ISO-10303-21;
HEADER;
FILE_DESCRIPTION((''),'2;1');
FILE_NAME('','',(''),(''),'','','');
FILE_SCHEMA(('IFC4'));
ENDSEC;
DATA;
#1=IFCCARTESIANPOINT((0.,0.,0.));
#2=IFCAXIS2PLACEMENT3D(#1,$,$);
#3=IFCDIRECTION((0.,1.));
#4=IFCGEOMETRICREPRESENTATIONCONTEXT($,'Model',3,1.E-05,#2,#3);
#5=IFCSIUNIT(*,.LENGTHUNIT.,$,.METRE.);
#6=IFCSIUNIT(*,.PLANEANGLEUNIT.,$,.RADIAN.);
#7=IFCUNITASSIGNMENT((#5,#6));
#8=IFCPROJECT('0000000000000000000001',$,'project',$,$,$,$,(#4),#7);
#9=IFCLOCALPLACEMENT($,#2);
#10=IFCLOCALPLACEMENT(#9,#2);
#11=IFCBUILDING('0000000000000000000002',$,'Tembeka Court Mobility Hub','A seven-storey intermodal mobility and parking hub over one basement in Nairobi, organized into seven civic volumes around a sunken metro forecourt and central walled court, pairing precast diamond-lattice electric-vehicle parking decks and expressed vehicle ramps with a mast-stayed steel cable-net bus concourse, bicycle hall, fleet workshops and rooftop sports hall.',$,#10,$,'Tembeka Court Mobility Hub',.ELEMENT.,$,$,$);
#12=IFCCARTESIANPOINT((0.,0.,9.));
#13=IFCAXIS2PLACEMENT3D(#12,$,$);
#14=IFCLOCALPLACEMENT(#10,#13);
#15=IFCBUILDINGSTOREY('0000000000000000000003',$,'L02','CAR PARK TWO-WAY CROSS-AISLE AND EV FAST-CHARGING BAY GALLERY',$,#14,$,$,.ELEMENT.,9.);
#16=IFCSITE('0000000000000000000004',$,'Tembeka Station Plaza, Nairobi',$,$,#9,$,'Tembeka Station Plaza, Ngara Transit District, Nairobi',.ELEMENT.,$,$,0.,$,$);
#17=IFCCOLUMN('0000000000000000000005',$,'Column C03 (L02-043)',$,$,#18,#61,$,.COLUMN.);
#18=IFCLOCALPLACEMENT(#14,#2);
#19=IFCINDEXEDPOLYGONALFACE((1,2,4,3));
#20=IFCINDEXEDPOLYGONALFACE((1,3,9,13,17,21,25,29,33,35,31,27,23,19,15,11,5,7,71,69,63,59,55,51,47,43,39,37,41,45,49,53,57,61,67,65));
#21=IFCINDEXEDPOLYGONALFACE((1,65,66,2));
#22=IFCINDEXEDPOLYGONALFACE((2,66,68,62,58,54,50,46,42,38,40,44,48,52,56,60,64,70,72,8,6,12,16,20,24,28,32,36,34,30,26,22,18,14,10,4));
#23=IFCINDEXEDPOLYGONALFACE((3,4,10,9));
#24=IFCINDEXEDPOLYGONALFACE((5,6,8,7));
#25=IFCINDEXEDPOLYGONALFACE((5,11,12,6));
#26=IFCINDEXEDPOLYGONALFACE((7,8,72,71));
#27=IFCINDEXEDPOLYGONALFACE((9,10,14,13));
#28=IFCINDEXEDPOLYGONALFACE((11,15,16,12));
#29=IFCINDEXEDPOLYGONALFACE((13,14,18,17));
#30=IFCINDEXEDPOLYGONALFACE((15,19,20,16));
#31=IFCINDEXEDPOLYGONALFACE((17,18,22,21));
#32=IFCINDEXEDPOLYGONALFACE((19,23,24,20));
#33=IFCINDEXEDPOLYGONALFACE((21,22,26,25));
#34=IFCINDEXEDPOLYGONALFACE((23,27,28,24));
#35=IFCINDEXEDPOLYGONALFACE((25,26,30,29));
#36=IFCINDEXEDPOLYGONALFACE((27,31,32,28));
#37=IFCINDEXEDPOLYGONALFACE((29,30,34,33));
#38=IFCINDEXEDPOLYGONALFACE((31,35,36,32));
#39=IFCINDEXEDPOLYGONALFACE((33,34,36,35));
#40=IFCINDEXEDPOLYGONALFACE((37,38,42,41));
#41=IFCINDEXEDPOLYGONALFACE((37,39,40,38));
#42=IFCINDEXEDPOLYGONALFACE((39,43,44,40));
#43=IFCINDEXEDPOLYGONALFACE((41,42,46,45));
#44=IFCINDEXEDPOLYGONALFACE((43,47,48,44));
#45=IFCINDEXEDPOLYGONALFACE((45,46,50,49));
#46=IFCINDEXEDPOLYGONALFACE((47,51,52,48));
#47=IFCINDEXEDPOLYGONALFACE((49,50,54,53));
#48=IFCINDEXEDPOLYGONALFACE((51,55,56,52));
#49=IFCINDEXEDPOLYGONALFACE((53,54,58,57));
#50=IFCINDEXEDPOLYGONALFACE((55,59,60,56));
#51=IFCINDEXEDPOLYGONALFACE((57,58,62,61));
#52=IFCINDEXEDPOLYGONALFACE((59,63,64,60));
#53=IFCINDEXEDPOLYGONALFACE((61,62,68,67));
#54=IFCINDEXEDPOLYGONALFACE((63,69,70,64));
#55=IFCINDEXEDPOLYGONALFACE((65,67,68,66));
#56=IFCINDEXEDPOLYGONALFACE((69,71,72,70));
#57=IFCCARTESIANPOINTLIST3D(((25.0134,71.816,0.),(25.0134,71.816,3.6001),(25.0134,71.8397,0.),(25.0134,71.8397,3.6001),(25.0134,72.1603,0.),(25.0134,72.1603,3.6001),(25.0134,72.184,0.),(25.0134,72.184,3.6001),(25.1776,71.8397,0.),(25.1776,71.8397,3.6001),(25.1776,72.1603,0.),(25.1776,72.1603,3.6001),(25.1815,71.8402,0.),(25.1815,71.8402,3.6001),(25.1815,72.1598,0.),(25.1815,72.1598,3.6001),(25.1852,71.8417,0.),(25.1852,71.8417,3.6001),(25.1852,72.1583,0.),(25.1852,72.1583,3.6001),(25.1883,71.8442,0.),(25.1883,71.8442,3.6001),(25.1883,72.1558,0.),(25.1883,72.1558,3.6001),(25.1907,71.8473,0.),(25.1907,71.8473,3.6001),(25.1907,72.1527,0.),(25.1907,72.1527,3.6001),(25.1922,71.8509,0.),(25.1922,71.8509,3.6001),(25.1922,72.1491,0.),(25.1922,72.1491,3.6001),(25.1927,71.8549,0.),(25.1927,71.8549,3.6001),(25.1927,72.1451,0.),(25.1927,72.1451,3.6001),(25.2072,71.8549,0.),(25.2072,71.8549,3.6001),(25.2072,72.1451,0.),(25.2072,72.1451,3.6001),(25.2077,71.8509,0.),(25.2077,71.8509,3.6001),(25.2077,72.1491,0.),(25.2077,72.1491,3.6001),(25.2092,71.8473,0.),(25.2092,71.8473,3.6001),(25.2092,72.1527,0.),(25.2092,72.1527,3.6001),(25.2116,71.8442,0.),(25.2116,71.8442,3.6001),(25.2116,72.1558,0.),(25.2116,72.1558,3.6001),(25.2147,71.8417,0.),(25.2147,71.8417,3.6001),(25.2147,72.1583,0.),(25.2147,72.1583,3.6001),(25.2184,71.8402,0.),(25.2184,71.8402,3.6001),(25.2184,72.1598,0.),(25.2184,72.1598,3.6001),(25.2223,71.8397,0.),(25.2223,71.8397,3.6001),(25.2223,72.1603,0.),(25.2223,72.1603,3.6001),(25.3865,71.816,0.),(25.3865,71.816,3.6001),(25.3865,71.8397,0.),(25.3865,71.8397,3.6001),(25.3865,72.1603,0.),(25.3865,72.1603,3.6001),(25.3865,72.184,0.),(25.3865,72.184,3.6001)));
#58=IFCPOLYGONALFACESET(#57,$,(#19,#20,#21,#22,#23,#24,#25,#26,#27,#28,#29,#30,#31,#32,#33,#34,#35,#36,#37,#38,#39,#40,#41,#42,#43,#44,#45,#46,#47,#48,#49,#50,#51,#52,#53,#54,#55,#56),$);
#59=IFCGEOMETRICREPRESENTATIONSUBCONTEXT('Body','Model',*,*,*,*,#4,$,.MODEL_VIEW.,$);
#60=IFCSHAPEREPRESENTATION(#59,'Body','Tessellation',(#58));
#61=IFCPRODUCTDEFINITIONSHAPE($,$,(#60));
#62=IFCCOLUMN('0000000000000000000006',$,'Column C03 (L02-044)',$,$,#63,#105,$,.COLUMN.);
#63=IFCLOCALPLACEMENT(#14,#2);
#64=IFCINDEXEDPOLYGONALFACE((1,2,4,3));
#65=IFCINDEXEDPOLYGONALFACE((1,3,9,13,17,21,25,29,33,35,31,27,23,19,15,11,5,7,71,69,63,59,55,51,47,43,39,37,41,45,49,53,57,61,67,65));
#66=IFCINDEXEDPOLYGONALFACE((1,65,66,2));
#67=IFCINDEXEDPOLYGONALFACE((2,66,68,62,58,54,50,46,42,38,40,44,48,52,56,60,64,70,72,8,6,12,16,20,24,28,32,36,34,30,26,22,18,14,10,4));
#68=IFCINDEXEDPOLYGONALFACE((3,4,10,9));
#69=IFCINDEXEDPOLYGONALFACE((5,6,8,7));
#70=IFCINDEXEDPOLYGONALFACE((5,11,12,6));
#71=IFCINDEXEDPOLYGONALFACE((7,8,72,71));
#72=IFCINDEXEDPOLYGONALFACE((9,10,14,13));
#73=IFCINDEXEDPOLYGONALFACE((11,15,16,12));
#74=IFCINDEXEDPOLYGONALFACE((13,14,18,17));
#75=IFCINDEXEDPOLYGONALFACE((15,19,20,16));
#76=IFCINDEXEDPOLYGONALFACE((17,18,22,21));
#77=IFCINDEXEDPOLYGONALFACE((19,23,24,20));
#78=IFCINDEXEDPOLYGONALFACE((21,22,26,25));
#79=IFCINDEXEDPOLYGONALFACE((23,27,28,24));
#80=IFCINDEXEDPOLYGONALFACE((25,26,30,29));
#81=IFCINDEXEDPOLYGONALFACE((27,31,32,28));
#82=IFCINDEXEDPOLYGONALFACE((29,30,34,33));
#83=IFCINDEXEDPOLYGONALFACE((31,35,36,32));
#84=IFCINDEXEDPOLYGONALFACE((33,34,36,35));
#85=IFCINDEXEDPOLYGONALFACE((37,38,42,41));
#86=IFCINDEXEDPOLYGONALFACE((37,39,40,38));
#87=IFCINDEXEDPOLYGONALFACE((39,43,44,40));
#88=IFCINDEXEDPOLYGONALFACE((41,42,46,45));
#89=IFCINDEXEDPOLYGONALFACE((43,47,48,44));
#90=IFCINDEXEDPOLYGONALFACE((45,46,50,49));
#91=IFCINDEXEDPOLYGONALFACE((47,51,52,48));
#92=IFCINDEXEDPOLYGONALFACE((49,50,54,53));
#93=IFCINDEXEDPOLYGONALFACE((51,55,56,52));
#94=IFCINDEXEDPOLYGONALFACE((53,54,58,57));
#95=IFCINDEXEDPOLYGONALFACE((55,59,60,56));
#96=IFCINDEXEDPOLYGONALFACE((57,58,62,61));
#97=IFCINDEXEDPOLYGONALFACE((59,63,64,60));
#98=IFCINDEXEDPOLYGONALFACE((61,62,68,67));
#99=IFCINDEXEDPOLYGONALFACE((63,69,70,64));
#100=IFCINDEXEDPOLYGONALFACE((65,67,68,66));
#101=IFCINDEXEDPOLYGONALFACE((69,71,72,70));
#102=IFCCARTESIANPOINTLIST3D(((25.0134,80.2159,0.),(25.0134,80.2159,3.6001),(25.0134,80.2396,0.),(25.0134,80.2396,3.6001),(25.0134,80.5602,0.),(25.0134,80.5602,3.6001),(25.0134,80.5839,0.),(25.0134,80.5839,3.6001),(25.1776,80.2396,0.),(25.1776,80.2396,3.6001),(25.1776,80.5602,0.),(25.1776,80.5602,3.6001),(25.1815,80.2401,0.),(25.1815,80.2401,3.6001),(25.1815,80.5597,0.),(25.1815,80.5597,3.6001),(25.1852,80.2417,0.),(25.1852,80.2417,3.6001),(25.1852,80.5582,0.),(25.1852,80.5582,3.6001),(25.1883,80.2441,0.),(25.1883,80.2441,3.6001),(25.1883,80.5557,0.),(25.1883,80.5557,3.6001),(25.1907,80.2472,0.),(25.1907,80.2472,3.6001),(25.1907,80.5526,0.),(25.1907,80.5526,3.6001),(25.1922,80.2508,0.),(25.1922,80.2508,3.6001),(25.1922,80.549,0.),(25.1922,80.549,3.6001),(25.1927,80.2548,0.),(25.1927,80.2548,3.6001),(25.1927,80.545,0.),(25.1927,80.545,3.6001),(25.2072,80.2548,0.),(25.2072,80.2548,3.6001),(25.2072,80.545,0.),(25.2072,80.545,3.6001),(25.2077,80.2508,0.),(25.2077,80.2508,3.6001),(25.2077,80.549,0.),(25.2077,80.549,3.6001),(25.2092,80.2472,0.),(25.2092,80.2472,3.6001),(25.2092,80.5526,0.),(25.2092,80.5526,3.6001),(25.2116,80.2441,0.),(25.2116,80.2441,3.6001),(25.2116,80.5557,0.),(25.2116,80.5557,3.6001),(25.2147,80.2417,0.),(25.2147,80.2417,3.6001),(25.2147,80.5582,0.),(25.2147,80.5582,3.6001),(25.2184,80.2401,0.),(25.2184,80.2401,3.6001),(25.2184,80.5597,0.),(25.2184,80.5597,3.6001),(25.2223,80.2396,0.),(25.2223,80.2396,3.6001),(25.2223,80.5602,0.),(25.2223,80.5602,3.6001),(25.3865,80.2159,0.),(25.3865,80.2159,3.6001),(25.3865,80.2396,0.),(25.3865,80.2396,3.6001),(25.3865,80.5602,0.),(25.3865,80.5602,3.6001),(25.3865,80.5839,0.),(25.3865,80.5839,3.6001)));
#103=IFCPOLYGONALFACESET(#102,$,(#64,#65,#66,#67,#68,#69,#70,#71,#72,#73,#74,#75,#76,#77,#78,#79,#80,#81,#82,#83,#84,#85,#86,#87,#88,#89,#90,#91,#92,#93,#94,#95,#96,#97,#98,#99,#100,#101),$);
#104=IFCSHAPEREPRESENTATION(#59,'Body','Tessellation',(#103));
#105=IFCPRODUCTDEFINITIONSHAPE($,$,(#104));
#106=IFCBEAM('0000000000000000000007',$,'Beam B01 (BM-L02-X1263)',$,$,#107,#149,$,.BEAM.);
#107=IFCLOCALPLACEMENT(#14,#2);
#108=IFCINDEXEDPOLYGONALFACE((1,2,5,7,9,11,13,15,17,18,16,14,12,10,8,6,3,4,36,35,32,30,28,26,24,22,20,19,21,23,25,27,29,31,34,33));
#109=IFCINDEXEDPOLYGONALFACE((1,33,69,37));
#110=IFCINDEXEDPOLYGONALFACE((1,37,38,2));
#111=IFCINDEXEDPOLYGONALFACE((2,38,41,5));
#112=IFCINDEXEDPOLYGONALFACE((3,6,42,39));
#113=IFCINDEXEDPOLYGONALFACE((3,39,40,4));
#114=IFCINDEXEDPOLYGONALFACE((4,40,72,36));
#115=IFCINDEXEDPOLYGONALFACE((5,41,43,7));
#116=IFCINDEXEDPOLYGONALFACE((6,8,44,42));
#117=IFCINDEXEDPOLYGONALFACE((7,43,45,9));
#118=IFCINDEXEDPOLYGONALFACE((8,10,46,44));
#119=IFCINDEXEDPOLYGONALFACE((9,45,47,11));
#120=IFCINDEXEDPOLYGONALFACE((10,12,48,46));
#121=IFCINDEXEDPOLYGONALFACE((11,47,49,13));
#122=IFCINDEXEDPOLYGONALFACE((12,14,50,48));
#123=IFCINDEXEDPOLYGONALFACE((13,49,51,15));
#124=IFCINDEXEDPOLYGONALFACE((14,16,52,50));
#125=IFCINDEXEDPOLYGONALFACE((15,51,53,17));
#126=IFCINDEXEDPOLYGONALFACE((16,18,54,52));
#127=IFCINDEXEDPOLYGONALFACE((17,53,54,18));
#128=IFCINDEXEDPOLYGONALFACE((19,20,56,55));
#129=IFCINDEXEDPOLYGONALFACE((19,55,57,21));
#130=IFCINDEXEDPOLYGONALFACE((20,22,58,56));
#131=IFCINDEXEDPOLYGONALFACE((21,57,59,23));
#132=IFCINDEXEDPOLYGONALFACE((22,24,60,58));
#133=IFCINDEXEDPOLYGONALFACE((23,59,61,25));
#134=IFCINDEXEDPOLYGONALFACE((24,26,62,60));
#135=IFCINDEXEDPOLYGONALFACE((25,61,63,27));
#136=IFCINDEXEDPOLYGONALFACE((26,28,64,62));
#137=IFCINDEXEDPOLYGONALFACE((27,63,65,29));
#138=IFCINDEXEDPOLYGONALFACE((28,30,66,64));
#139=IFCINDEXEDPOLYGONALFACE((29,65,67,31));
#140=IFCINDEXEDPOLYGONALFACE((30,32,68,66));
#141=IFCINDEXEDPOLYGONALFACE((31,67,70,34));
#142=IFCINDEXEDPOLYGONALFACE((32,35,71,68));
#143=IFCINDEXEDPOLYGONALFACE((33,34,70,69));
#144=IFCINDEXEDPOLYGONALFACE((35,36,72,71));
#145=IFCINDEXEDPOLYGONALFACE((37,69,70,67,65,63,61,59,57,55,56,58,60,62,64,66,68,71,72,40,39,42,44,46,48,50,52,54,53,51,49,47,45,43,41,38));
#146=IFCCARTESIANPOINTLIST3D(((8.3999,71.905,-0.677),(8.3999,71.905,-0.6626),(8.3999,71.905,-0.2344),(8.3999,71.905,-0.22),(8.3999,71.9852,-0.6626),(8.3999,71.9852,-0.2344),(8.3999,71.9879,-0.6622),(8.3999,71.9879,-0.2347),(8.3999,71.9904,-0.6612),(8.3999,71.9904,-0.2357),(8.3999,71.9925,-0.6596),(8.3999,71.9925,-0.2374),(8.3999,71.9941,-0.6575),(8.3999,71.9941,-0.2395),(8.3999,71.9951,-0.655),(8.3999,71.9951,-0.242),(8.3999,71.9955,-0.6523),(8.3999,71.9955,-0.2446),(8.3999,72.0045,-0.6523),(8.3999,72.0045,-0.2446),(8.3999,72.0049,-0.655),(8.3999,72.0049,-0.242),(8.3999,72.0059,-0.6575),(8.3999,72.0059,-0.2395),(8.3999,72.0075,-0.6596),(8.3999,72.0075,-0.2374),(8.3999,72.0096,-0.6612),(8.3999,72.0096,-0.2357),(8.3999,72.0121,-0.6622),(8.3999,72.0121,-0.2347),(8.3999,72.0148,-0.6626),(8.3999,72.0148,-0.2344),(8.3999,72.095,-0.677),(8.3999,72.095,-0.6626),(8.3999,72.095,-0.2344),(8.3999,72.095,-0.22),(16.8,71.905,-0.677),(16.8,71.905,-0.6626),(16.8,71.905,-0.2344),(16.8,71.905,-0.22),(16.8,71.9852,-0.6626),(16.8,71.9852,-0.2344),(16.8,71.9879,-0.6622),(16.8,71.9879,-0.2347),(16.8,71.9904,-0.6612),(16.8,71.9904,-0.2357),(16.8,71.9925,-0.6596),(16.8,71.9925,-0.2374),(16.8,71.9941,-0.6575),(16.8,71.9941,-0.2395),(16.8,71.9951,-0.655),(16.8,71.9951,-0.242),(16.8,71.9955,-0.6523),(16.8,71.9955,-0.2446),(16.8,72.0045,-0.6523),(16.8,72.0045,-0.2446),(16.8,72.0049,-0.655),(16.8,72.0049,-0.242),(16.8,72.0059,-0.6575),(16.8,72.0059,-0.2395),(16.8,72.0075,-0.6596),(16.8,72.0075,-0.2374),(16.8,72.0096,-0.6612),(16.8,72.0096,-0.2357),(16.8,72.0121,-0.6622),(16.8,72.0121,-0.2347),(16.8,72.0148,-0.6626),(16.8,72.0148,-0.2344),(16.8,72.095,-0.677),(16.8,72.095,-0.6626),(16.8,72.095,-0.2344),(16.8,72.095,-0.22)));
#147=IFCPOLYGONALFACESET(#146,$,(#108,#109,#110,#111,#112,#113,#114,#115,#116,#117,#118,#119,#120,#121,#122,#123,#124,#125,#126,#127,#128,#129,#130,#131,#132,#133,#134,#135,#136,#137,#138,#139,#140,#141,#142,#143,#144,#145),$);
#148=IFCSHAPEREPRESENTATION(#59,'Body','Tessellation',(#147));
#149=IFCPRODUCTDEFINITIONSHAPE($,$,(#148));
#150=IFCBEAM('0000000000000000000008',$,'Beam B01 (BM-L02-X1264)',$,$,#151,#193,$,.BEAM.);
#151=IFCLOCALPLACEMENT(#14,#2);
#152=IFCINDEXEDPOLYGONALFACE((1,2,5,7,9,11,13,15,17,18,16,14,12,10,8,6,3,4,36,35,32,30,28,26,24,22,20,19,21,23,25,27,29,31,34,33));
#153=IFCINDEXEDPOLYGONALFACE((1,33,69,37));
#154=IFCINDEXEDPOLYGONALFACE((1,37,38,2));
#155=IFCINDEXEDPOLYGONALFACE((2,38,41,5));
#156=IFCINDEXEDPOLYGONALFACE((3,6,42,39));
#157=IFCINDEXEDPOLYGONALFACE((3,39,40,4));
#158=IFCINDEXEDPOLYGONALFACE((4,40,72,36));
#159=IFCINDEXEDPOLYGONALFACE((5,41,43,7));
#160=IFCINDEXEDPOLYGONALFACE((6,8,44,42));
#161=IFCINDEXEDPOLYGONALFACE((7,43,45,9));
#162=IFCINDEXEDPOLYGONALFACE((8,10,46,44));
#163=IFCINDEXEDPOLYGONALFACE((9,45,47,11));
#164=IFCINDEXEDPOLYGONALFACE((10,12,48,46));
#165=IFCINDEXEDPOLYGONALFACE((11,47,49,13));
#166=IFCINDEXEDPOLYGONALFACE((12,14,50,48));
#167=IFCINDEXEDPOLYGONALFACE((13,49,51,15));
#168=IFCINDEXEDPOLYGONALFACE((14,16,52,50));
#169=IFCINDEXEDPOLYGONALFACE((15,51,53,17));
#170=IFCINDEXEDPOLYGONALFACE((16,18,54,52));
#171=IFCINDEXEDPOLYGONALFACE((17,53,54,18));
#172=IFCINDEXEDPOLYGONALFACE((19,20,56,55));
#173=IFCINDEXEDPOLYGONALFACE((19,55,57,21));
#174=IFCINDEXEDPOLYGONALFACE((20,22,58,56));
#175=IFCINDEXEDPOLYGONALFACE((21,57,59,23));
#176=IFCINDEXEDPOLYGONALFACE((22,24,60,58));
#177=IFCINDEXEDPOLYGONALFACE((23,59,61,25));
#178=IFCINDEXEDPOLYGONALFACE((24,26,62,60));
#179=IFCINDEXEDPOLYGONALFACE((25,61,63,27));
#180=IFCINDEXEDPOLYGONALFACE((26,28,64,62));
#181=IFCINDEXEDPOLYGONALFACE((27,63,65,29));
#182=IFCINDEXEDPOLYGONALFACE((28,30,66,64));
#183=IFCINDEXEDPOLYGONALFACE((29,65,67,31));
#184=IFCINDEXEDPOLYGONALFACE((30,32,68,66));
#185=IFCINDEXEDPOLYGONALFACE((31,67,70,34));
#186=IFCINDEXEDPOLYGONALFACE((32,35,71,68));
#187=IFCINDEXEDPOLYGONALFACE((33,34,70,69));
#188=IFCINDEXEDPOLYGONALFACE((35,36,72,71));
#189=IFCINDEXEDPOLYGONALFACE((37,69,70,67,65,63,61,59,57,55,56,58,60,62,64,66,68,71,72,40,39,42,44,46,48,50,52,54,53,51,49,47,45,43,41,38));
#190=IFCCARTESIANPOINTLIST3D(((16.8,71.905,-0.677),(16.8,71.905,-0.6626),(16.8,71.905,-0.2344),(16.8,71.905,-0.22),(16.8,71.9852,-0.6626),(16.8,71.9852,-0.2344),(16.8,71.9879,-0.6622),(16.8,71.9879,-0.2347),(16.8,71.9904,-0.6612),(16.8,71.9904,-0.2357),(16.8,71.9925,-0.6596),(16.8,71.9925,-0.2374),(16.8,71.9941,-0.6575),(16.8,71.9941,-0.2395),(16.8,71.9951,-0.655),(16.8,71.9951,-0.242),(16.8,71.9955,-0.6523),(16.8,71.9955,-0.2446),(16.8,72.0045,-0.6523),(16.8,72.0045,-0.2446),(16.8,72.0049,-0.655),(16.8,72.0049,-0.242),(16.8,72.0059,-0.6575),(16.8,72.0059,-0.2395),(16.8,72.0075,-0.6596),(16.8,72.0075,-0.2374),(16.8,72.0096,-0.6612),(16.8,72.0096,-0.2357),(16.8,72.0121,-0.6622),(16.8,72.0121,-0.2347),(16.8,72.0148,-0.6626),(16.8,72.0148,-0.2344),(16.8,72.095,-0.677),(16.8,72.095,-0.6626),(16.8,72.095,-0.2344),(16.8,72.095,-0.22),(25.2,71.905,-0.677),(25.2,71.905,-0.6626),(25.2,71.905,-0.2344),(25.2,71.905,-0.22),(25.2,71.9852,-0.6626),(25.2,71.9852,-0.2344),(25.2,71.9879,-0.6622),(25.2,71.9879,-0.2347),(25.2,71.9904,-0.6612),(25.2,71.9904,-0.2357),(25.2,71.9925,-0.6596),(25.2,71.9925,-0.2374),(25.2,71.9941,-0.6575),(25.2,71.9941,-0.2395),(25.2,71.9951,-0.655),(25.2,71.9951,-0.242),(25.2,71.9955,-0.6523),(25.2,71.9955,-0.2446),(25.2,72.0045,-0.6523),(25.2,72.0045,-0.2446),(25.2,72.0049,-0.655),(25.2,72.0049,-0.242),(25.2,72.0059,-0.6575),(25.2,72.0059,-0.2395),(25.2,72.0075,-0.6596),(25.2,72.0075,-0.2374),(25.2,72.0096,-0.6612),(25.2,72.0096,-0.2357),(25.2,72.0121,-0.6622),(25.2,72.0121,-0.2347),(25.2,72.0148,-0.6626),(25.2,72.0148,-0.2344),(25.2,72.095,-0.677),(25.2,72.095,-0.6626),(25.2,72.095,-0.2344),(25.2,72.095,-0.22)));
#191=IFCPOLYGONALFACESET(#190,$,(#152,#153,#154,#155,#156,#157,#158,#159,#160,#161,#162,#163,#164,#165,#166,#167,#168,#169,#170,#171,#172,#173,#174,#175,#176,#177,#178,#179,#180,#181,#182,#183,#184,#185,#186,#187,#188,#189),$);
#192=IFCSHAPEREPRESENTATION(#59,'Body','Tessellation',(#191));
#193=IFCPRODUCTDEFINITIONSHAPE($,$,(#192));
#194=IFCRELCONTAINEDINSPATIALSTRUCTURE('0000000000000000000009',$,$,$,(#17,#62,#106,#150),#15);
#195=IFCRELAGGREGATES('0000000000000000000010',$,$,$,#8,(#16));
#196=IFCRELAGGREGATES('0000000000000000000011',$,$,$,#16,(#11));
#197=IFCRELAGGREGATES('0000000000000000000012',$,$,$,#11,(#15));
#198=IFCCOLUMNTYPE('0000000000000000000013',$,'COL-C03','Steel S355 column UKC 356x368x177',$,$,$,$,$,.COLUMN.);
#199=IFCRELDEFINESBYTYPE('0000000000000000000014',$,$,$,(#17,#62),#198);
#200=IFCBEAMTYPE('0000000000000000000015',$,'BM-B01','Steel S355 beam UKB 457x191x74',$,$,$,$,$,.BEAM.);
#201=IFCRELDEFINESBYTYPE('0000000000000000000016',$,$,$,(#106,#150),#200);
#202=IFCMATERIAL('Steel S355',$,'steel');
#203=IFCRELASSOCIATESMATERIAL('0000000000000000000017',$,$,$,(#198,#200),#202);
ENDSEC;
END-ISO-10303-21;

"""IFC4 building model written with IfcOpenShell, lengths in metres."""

from ifc_helpers import new_model, si_unit, direction, frame, origin, origin_2d, place, context, subcontext, project, spatial, i_section, extrude, material, material_profile, profile_set, type_object, element, save


model = new_model("IFC4")

# Units and contexts
model_context = context("Model", 3, precision=1e-05, world=origin(), true_north=direction((0.0, 1.0)))
body_context = subcontext(model_context, "Body", "Model", "MODEL_VIEW")
ifc_project = project(units=[si_unit("LENGTHUNIT", "METRE"), si_unit("PLANEANGLEUNIT", "RADIAN")], contexts=[model_context])

# Site, building, storey
site_placement = place(None, origin())
site = spatial("IfcSite", under=ifc_project, at=site_placement, Name="Tembeka Station Plaza, Nairobi", LongName="Tembeka Station Plaza, Ngara Transit District, Nairobi", CompositionType="ELEMENT", RefElevation=0.0)
building_placement = place(site_placement, origin())
building = spatial("IfcBuilding", under=site, at=building_placement, Name="Tembeka Court Mobility Hub", Description="A seven-storey intermodal mobility and parking hub over one basement in Nairobi, organized into seven civic volumes around a sunken metro forecourt and central walled court, pairing precast diamond-lattice electric-vehicle parking decks and expressed vehicle ramps with a mast-stayed steel cable-net bus concourse, bicycle hall, fleet workshops and rooftop sports hall.", LongName="Tembeka Court Mobility Hub", CompositionType="ELEMENT")
storey_placement = place(building_placement, frame((0.0, 0.0, 9.0)))
storey = spatial("IfcBuildingStorey", under=building, at=storey_placement, Name="L02", Description="CAR PARK TWO-WAY CROSS-AISLE AND EV FAST-CHARGING BAY GALLERY", CompositionType="ELEMENT", Elevation=9.0)

# Columns
ifc_material_1 = material(Name="Steel S355", Category="steel")
ifc_material_profile_1 = material_profile(ifc_material_1, i_section(OverallWidth=0.373, OverallDepth=0.3679, WebThickness=0.0144, FlangeThickness=0.0237, FilletRadius=0.0151, at=origin_2d()), Name="UKC 356x368x177")
ifc_profile_set_1 = profile_set([ifc_material_profile_1], Name="Steel S355")
column_type = type_object("IfcColumnType", Name="COL-C03", Description="Steel S355 column UKC 356x368x177", PredefinedType="COLUMN", material=ifc_profile_set_1)
for number, where, z_axis, x_axis, name in (
    (1, (25.2, 72.0, 0.0), (0.0, 0.0, 1.0), (1.0, 0.0, 0.0), "Column C03 (L02-043)"),
    (2, (25.2, 80.3999, 0.0), (0.0, 0.0, 1.0), (1.0, 0.0, 0.0), "Column C03 (L02-044)"),
):
    element("IfcColumn", number, at=place(storey_placement, frame(where, z_axis=z_axis, x_axis=x_axis)), inside=storey, type_object=column_type, Name=name, PredefinedType="COLUMN", context=body_context, shape_type="SweptSolid", body=[
        extrude(i_section(OverallWidth=0.373, OverallDepth=0.3679, WebThickness=0.0144, FlangeThickness=0.0237, FilletRadius=0.0151, at=origin_2d()), origin(), (0.0, 0.0, 1.0), 3.6001),
    ])

# Beams
ifc_material_profile_2 = material_profile(ifc_material_1, i_section(OverallWidth=0.1899, OverallDepth=0.457, WebThickness=0.009, FlangeThickness=0.0144, FilletRadius=0.0103, at=origin_2d()), Name="UKB 457x191x74")
ifc_profile_set_2 = profile_set([ifc_material_profile_2], Name="Steel S355")
beam_type_1 = type_object("IfcBeamType", Name="BM-B01", Description="Steel S355 beam UKB 457x191x74", PredefinedType="BEAM", material=ifc_profile_set_2)
beam_1_placement = place(storey_placement, frame((8.3999, 72.0, -0.4485), z_axis=(1.0, 0.0, 0.0), x_axis=(0.0, 1.0, 0.0)))
element("IfcBeam", 3, at=beam_1_placement, inside=storey, type_object=beam_type_1, Name="Beam B01 (BM-L02-X1263)", PredefinedType="BEAM", context=body_context, shape_type="SweptSolid", body=[
    extrude(i_section(OverallWidth=0.1899, OverallDepth=0.457, WebThickness=0.009, FlangeThickness=0.0144, FilletRadius=0.0103, at=origin_2d()), origin(), (0.0, 0.0, 1.0), 8.4001),
])
beam_2_placement = place(storey_placement, frame((16.8, 72.0, -0.4485), z_axis=(1.0, 0.0, 0.0), x_axis=(0.0, 1.0, 0.0)))
element("IfcBeam", 4, at=beam_2_placement, inside=storey, type_object=beam_type_1, Name="Beam B01 (BM-L02-X1264)", PredefinedType="BEAM", context=body_context, shape_type="SweptSolid", body=[
    extrude(i_section(OverallWidth=0.1899, OverallDepth=0.457, WebThickness=0.009, FlangeThickness=0.0144, FilletRadius=0.0103, at=origin_2d()), origin(), (0.0, 0.0, 1.0), 8.3999),
])

save(model, "model.ifc")
